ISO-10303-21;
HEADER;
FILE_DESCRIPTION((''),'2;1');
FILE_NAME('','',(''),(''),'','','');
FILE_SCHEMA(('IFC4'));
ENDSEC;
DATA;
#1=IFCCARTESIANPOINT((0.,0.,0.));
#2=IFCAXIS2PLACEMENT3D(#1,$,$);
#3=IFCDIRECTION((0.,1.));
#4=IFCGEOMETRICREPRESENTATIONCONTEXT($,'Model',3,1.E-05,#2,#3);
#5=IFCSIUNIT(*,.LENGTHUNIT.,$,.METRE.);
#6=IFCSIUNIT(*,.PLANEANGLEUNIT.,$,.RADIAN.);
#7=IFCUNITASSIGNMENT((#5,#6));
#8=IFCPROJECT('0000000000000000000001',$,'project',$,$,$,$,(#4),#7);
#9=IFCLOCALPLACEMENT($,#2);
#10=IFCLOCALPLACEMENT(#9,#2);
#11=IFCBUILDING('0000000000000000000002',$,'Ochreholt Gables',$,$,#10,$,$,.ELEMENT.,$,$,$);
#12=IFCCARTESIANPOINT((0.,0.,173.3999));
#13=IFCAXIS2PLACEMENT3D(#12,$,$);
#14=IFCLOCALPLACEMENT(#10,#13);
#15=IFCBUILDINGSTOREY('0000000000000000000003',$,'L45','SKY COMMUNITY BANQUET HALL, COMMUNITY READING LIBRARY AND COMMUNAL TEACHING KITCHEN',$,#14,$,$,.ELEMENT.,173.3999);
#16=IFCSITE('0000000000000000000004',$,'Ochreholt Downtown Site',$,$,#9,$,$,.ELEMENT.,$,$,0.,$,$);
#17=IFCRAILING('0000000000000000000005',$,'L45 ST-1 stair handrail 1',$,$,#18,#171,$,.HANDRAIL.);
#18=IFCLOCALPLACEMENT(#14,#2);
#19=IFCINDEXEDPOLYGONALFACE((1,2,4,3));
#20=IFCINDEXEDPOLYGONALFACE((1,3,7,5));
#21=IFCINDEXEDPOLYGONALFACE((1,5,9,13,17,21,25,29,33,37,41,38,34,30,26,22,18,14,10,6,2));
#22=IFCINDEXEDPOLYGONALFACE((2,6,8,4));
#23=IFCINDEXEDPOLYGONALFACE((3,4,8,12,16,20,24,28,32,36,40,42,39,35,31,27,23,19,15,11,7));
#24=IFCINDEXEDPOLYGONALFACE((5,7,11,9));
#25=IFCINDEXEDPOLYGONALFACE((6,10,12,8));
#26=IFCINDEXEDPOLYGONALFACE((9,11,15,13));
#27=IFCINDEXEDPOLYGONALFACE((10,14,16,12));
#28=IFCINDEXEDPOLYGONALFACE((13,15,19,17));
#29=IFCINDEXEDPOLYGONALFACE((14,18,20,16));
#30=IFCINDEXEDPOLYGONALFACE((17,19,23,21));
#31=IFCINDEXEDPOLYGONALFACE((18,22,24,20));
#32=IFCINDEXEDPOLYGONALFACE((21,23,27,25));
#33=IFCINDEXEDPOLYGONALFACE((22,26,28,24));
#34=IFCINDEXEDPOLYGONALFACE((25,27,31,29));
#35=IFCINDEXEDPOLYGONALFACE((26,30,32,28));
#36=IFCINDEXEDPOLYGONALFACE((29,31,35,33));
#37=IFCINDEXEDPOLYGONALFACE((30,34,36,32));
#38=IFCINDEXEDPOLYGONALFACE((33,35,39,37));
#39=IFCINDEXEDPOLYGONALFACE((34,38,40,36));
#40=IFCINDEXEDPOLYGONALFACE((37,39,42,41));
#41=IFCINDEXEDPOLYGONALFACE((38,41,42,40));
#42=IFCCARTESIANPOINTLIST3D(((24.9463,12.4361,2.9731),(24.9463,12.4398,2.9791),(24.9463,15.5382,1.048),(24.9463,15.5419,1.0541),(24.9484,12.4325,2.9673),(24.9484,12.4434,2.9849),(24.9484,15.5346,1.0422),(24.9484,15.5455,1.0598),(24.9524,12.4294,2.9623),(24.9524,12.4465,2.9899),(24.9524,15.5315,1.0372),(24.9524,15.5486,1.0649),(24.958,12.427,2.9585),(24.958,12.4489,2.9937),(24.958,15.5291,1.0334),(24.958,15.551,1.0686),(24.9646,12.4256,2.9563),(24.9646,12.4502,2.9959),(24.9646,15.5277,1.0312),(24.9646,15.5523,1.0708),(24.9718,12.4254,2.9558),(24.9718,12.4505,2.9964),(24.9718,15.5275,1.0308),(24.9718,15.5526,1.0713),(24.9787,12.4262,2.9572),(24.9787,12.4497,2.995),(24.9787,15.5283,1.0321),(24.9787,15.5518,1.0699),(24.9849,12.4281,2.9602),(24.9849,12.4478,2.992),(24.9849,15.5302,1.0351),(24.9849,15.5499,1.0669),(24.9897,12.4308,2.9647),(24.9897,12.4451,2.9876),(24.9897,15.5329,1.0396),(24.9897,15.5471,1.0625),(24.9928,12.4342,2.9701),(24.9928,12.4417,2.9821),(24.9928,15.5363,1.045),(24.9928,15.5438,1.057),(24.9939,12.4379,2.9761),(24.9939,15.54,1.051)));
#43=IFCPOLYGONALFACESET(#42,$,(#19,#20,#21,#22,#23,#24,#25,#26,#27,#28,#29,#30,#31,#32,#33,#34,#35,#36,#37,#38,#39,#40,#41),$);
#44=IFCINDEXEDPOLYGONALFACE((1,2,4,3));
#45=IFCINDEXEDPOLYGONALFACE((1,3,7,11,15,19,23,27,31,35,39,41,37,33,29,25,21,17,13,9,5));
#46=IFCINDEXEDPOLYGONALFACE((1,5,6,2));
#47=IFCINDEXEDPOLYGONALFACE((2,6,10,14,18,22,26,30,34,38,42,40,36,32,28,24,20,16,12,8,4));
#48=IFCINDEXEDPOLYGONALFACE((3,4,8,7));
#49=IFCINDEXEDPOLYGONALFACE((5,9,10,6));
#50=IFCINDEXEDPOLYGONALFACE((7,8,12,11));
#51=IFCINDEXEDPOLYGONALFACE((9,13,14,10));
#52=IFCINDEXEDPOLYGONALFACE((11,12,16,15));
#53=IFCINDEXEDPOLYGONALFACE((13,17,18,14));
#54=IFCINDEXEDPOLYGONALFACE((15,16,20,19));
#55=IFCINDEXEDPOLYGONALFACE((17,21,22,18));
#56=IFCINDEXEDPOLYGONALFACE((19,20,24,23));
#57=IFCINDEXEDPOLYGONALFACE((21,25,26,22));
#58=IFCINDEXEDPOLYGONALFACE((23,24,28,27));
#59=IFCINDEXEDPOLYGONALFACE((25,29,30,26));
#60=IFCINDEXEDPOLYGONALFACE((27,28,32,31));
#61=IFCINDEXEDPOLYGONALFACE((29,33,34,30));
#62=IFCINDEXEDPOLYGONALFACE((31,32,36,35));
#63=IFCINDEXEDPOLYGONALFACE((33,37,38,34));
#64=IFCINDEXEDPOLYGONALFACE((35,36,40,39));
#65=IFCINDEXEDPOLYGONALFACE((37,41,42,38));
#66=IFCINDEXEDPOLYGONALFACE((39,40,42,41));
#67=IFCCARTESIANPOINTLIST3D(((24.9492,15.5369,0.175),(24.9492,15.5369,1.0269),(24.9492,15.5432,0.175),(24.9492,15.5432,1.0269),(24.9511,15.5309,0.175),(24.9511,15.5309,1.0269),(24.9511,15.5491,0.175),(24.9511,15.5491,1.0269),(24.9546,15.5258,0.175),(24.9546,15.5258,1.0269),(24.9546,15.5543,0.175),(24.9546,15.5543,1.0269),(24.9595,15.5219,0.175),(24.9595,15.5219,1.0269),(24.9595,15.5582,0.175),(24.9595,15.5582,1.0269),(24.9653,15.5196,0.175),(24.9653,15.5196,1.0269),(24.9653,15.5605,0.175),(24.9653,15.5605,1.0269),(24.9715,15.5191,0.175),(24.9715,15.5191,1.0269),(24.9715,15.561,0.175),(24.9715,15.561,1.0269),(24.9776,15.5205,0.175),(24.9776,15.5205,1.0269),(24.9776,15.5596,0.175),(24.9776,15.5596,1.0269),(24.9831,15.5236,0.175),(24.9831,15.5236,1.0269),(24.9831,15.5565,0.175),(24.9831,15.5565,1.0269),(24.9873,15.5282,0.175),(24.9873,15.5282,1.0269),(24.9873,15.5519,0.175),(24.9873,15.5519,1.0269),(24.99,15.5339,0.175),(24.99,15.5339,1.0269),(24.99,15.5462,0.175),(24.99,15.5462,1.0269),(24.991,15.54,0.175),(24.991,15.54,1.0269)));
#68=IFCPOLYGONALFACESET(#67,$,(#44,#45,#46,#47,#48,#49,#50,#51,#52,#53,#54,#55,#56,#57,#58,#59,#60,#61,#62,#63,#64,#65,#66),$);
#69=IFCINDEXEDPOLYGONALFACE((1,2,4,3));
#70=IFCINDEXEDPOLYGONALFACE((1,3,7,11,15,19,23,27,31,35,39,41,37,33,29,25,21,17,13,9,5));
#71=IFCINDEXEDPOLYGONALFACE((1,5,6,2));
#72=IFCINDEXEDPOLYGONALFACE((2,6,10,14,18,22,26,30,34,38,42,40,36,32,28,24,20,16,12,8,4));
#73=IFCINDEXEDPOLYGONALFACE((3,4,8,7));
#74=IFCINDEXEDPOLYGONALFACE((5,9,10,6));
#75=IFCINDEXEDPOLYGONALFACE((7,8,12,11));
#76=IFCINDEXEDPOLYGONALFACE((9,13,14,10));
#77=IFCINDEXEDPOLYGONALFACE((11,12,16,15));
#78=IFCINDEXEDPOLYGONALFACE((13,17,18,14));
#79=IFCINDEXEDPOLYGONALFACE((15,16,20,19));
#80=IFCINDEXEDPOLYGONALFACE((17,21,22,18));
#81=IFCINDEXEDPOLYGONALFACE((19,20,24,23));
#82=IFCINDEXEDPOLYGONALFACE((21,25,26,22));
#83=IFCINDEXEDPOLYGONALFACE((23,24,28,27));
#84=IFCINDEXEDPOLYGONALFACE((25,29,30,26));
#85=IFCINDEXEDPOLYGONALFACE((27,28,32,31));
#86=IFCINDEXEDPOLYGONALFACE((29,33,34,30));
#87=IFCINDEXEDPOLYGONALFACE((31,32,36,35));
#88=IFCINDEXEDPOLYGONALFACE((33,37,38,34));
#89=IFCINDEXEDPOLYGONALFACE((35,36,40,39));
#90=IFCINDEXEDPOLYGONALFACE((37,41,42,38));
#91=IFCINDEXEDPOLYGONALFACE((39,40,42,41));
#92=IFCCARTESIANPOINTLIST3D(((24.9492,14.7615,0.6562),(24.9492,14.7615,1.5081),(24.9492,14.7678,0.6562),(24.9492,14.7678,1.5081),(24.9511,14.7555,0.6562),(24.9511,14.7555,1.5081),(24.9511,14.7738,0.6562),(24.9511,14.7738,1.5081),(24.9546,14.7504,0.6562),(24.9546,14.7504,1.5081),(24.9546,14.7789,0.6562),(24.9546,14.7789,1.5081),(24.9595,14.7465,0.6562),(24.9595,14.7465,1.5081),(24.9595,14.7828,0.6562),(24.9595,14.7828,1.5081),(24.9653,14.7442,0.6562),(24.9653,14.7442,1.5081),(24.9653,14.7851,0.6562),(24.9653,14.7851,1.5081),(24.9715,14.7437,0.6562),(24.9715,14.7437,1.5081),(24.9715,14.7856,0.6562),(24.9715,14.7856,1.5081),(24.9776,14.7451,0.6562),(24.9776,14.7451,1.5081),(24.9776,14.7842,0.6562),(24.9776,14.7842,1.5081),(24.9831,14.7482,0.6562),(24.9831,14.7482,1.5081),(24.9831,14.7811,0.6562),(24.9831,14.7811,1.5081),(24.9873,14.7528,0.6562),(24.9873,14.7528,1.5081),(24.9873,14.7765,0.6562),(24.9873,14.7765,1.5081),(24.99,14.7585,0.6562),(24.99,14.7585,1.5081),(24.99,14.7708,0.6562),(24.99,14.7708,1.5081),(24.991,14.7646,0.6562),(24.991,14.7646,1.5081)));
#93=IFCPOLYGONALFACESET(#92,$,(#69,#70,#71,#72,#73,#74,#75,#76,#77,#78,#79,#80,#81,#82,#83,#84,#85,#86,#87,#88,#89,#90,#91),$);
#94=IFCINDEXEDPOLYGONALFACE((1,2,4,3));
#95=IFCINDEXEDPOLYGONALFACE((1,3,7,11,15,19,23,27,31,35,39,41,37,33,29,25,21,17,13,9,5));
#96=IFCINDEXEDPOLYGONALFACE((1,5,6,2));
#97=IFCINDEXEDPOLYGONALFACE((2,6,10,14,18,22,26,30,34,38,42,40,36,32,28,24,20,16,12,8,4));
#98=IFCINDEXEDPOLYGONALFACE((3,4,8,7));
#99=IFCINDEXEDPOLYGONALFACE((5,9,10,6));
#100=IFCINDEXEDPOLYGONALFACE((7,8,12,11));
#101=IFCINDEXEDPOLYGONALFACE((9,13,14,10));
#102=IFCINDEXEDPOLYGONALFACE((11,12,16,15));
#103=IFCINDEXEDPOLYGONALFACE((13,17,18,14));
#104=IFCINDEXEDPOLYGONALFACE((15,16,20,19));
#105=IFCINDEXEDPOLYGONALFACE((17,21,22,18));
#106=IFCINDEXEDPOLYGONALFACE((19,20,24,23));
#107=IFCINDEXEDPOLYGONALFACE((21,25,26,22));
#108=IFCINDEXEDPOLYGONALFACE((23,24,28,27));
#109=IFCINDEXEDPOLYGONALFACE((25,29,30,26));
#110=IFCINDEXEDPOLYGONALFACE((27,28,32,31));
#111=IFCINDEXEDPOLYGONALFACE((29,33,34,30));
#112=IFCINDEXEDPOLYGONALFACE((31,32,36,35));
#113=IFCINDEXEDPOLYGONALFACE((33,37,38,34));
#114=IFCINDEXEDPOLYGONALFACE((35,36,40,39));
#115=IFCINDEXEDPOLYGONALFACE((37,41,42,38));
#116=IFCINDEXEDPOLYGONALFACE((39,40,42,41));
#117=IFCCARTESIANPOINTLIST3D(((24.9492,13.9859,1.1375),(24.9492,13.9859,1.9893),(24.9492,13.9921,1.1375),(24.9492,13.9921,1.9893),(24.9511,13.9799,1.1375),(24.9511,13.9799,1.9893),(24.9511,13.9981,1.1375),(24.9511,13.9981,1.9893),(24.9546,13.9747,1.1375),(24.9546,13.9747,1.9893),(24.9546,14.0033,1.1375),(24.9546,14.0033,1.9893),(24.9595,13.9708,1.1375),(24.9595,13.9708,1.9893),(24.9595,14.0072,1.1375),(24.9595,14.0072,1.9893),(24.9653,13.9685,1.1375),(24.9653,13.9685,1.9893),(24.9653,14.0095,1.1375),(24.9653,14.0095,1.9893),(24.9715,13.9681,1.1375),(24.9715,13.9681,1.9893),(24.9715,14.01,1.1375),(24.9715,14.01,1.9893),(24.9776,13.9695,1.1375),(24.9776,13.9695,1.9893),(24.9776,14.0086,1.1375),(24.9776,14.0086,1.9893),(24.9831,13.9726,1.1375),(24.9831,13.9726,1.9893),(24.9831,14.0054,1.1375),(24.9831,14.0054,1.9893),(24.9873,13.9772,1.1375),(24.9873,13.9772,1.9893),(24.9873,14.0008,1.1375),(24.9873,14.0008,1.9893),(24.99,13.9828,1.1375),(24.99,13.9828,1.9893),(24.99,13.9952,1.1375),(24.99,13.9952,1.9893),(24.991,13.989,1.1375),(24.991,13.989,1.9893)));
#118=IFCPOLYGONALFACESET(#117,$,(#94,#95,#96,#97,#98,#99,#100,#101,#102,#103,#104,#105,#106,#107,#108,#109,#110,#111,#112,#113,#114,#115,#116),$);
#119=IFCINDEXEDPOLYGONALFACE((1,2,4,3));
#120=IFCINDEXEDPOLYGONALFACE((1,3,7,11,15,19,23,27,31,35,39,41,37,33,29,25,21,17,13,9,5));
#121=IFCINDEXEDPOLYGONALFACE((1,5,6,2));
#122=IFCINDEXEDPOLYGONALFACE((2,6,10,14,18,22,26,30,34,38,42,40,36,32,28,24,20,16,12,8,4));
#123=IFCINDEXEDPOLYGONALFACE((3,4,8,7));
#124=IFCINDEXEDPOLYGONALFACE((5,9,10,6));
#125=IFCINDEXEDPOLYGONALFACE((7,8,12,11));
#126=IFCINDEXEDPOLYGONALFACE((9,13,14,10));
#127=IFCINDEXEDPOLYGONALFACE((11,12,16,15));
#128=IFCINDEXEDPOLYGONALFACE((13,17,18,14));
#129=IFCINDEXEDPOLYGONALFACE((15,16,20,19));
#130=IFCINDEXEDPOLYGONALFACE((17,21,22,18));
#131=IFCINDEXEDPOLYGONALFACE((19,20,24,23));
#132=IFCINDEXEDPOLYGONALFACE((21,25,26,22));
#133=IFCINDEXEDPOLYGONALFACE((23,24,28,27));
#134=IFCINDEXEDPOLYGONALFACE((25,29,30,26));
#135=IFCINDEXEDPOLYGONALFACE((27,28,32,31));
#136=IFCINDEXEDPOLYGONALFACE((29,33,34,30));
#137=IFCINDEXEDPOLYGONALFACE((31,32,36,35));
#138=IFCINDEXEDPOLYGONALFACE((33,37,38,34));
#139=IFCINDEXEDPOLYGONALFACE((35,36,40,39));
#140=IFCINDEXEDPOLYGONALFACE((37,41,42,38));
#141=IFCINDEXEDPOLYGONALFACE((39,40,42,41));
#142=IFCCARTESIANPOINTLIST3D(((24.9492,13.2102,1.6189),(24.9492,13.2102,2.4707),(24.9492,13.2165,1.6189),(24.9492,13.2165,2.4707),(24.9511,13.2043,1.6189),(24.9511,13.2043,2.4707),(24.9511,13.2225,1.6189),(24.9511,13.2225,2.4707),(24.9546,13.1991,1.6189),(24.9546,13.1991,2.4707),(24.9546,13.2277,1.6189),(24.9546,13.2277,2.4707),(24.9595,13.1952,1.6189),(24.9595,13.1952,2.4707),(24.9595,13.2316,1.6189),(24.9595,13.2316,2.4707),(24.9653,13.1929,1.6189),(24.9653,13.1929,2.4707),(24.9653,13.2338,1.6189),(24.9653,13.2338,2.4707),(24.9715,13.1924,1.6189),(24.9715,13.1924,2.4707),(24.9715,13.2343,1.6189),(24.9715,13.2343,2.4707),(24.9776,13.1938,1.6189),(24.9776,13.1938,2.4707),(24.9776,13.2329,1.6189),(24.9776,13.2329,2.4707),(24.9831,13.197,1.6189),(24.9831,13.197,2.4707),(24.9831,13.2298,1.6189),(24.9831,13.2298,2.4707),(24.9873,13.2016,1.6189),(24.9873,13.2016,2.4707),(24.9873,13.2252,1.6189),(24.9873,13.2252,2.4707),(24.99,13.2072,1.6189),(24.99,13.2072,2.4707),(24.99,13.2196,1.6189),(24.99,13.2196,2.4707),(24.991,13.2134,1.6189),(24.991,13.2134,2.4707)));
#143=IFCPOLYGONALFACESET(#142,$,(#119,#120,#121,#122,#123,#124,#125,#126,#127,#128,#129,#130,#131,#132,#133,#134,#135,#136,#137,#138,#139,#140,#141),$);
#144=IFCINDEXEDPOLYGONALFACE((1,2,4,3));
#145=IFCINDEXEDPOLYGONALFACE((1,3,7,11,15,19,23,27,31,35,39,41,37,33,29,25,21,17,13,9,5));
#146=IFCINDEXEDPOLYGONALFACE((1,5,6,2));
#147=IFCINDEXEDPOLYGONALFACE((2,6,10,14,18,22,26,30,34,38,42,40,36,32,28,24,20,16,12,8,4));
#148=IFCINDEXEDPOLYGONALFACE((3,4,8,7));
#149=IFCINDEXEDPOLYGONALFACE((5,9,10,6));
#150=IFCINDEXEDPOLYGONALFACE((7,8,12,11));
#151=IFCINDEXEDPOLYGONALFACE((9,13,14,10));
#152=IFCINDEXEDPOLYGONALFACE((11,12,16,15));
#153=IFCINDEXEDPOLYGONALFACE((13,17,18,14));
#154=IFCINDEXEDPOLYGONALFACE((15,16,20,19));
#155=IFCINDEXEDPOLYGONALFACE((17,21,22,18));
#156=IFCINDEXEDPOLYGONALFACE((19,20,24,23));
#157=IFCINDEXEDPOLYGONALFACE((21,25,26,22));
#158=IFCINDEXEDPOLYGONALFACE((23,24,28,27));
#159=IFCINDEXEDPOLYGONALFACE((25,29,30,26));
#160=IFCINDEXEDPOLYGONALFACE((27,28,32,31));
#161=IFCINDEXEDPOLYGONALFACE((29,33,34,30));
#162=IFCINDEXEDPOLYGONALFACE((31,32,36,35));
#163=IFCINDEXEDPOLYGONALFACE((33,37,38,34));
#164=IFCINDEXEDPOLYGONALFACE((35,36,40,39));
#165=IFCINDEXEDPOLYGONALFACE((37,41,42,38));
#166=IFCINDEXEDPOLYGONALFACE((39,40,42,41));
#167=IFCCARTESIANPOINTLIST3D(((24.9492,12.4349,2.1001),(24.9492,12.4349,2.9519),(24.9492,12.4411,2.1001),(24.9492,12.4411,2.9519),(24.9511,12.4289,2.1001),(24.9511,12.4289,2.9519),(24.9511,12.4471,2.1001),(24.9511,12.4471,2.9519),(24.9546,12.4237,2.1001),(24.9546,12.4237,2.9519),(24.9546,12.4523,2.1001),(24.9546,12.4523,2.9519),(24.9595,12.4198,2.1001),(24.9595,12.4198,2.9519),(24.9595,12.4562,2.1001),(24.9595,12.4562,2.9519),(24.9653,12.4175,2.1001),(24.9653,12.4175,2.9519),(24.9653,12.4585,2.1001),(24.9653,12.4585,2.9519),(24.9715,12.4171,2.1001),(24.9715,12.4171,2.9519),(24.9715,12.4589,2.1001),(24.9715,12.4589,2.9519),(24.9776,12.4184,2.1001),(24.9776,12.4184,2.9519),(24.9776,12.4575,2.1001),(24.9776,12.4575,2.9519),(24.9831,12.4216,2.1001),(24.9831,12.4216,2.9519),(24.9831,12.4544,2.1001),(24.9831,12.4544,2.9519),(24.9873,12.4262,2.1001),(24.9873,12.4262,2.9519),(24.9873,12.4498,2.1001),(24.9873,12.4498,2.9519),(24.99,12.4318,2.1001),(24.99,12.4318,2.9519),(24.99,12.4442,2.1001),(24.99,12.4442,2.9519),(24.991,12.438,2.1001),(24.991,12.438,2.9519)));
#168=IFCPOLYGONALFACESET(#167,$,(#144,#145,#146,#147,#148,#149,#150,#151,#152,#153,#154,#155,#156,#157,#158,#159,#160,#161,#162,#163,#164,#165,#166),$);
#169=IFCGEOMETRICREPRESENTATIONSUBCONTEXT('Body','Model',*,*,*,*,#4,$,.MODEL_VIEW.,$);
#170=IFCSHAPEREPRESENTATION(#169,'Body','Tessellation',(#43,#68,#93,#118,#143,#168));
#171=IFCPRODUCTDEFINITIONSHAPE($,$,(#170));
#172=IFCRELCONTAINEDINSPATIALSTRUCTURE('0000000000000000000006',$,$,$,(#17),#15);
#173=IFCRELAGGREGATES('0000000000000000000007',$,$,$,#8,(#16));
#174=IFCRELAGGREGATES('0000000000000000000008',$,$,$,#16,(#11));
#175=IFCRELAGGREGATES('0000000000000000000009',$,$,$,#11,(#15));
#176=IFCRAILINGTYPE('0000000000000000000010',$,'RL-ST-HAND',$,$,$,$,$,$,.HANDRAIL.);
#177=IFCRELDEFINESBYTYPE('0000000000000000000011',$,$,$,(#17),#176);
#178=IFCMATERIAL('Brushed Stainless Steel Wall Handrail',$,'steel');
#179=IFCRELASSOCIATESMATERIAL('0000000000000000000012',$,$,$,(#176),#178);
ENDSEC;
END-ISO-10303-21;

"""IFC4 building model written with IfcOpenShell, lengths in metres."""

from ifc_helpers import new_model, si_unit, direction, frame, origin, origin_2d, place, context, subcontext, project, spatial, circle, extrude, material, type_object, element, save


model = new_model("IFC4")

# Units and contexts
model_context = context("Model", 3, precision=1e-05, world=origin(), true_north=direction((0.0, 1.0)))
body_context = subcontext(model_context, "Body", "Model", "MODEL_VIEW")
ifc_project = project(units=[si_unit("LENGTHUNIT", "METRE"), si_unit("PLANEANGLEUNIT", "RADIAN")], contexts=[model_context])

# Site, building, storey
site_placement = place(None, origin())
site = spatial("IfcSite", under=ifc_project, at=site_placement, Name="Ochreholt Downtown Site", CompositionType="ELEMENT", RefElevation=0.0)
building_placement = place(site_placement, origin())
building = spatial("IfcBuilding", under=site, at=building_placement, Name="Ochreholt Gables", CompositionType="ELEMENT")
storey_placement = place(building_placement, frame((0.0, 0.0, 173.3999)))
storey = spatial("IfcBuildingStorey", under=building, at=storey_placement, Name="L45", Description="SKY COMMUNITY BANQUET HALL, COMMUNITY READING LIBRARY AND COMMUNAL TEACHING KITCHEN", CompositionType="ELEMENT", Elevation=173.3999)

# Railing
ifc_material_1 = material(Name="Brushed Stainless Steel Wall Handrail", Category="steel")
railing_type_1 = type_object("IfcRailingType", Name="RL-ST-HAND", PredefinedType="HANDRAIL", material=ifc_material_1)
railing_1_placement = place(storey_placement, frame((24.97, 15.54, 0.175)))
element("IfcRailing", 1, at=railing_1_placement, inside=storey, type_object=railing_type_1, Name="L45 ST-1 stair handrail 1", PredefinedType="HANDRAIL", context=body_context, shape_type="SweptSolid", body=[
    extrude(circle(Radius=0.0239, at=origin_2d()), frame((0.0, 0.0, 0.876), z_axis=(0.0, -0.849685, 0.527291), x_axis=(1.0, 0.0, 0.0)), (0.0, 0.0, 1.0), 3.6509),
    extrude(circle(Radius=0.021, at=origin_2d()), origin(), (0.0, 0.0, 1.0), 0.8518),
    extrude(circle(Radius=0.021, at=origin_2d()), frame((0.0, -0.7754, 0.4812)), (0.0, 0.0, 1.0), 0.8518),
    extrude(circle(Radius=0.021, at=origin_2d()), frame((0.0, -1.551, 0.9624)), (0.0, 0.0, 1.0), 0.8518),
    extrude(circle(Radius=0.021, at=origin_2d()), frame((0.0, -2.3267, 1.4438)), (0.0, 0.0, 1.0), 0.8518),
    extrude(circle(Radius=0.021, at=origin_2d()), frame((0.0, -3.1021, 1.925)), (0.0, 0.0, 1.0), 0.8518),
])

save(model, "model.ifc")
